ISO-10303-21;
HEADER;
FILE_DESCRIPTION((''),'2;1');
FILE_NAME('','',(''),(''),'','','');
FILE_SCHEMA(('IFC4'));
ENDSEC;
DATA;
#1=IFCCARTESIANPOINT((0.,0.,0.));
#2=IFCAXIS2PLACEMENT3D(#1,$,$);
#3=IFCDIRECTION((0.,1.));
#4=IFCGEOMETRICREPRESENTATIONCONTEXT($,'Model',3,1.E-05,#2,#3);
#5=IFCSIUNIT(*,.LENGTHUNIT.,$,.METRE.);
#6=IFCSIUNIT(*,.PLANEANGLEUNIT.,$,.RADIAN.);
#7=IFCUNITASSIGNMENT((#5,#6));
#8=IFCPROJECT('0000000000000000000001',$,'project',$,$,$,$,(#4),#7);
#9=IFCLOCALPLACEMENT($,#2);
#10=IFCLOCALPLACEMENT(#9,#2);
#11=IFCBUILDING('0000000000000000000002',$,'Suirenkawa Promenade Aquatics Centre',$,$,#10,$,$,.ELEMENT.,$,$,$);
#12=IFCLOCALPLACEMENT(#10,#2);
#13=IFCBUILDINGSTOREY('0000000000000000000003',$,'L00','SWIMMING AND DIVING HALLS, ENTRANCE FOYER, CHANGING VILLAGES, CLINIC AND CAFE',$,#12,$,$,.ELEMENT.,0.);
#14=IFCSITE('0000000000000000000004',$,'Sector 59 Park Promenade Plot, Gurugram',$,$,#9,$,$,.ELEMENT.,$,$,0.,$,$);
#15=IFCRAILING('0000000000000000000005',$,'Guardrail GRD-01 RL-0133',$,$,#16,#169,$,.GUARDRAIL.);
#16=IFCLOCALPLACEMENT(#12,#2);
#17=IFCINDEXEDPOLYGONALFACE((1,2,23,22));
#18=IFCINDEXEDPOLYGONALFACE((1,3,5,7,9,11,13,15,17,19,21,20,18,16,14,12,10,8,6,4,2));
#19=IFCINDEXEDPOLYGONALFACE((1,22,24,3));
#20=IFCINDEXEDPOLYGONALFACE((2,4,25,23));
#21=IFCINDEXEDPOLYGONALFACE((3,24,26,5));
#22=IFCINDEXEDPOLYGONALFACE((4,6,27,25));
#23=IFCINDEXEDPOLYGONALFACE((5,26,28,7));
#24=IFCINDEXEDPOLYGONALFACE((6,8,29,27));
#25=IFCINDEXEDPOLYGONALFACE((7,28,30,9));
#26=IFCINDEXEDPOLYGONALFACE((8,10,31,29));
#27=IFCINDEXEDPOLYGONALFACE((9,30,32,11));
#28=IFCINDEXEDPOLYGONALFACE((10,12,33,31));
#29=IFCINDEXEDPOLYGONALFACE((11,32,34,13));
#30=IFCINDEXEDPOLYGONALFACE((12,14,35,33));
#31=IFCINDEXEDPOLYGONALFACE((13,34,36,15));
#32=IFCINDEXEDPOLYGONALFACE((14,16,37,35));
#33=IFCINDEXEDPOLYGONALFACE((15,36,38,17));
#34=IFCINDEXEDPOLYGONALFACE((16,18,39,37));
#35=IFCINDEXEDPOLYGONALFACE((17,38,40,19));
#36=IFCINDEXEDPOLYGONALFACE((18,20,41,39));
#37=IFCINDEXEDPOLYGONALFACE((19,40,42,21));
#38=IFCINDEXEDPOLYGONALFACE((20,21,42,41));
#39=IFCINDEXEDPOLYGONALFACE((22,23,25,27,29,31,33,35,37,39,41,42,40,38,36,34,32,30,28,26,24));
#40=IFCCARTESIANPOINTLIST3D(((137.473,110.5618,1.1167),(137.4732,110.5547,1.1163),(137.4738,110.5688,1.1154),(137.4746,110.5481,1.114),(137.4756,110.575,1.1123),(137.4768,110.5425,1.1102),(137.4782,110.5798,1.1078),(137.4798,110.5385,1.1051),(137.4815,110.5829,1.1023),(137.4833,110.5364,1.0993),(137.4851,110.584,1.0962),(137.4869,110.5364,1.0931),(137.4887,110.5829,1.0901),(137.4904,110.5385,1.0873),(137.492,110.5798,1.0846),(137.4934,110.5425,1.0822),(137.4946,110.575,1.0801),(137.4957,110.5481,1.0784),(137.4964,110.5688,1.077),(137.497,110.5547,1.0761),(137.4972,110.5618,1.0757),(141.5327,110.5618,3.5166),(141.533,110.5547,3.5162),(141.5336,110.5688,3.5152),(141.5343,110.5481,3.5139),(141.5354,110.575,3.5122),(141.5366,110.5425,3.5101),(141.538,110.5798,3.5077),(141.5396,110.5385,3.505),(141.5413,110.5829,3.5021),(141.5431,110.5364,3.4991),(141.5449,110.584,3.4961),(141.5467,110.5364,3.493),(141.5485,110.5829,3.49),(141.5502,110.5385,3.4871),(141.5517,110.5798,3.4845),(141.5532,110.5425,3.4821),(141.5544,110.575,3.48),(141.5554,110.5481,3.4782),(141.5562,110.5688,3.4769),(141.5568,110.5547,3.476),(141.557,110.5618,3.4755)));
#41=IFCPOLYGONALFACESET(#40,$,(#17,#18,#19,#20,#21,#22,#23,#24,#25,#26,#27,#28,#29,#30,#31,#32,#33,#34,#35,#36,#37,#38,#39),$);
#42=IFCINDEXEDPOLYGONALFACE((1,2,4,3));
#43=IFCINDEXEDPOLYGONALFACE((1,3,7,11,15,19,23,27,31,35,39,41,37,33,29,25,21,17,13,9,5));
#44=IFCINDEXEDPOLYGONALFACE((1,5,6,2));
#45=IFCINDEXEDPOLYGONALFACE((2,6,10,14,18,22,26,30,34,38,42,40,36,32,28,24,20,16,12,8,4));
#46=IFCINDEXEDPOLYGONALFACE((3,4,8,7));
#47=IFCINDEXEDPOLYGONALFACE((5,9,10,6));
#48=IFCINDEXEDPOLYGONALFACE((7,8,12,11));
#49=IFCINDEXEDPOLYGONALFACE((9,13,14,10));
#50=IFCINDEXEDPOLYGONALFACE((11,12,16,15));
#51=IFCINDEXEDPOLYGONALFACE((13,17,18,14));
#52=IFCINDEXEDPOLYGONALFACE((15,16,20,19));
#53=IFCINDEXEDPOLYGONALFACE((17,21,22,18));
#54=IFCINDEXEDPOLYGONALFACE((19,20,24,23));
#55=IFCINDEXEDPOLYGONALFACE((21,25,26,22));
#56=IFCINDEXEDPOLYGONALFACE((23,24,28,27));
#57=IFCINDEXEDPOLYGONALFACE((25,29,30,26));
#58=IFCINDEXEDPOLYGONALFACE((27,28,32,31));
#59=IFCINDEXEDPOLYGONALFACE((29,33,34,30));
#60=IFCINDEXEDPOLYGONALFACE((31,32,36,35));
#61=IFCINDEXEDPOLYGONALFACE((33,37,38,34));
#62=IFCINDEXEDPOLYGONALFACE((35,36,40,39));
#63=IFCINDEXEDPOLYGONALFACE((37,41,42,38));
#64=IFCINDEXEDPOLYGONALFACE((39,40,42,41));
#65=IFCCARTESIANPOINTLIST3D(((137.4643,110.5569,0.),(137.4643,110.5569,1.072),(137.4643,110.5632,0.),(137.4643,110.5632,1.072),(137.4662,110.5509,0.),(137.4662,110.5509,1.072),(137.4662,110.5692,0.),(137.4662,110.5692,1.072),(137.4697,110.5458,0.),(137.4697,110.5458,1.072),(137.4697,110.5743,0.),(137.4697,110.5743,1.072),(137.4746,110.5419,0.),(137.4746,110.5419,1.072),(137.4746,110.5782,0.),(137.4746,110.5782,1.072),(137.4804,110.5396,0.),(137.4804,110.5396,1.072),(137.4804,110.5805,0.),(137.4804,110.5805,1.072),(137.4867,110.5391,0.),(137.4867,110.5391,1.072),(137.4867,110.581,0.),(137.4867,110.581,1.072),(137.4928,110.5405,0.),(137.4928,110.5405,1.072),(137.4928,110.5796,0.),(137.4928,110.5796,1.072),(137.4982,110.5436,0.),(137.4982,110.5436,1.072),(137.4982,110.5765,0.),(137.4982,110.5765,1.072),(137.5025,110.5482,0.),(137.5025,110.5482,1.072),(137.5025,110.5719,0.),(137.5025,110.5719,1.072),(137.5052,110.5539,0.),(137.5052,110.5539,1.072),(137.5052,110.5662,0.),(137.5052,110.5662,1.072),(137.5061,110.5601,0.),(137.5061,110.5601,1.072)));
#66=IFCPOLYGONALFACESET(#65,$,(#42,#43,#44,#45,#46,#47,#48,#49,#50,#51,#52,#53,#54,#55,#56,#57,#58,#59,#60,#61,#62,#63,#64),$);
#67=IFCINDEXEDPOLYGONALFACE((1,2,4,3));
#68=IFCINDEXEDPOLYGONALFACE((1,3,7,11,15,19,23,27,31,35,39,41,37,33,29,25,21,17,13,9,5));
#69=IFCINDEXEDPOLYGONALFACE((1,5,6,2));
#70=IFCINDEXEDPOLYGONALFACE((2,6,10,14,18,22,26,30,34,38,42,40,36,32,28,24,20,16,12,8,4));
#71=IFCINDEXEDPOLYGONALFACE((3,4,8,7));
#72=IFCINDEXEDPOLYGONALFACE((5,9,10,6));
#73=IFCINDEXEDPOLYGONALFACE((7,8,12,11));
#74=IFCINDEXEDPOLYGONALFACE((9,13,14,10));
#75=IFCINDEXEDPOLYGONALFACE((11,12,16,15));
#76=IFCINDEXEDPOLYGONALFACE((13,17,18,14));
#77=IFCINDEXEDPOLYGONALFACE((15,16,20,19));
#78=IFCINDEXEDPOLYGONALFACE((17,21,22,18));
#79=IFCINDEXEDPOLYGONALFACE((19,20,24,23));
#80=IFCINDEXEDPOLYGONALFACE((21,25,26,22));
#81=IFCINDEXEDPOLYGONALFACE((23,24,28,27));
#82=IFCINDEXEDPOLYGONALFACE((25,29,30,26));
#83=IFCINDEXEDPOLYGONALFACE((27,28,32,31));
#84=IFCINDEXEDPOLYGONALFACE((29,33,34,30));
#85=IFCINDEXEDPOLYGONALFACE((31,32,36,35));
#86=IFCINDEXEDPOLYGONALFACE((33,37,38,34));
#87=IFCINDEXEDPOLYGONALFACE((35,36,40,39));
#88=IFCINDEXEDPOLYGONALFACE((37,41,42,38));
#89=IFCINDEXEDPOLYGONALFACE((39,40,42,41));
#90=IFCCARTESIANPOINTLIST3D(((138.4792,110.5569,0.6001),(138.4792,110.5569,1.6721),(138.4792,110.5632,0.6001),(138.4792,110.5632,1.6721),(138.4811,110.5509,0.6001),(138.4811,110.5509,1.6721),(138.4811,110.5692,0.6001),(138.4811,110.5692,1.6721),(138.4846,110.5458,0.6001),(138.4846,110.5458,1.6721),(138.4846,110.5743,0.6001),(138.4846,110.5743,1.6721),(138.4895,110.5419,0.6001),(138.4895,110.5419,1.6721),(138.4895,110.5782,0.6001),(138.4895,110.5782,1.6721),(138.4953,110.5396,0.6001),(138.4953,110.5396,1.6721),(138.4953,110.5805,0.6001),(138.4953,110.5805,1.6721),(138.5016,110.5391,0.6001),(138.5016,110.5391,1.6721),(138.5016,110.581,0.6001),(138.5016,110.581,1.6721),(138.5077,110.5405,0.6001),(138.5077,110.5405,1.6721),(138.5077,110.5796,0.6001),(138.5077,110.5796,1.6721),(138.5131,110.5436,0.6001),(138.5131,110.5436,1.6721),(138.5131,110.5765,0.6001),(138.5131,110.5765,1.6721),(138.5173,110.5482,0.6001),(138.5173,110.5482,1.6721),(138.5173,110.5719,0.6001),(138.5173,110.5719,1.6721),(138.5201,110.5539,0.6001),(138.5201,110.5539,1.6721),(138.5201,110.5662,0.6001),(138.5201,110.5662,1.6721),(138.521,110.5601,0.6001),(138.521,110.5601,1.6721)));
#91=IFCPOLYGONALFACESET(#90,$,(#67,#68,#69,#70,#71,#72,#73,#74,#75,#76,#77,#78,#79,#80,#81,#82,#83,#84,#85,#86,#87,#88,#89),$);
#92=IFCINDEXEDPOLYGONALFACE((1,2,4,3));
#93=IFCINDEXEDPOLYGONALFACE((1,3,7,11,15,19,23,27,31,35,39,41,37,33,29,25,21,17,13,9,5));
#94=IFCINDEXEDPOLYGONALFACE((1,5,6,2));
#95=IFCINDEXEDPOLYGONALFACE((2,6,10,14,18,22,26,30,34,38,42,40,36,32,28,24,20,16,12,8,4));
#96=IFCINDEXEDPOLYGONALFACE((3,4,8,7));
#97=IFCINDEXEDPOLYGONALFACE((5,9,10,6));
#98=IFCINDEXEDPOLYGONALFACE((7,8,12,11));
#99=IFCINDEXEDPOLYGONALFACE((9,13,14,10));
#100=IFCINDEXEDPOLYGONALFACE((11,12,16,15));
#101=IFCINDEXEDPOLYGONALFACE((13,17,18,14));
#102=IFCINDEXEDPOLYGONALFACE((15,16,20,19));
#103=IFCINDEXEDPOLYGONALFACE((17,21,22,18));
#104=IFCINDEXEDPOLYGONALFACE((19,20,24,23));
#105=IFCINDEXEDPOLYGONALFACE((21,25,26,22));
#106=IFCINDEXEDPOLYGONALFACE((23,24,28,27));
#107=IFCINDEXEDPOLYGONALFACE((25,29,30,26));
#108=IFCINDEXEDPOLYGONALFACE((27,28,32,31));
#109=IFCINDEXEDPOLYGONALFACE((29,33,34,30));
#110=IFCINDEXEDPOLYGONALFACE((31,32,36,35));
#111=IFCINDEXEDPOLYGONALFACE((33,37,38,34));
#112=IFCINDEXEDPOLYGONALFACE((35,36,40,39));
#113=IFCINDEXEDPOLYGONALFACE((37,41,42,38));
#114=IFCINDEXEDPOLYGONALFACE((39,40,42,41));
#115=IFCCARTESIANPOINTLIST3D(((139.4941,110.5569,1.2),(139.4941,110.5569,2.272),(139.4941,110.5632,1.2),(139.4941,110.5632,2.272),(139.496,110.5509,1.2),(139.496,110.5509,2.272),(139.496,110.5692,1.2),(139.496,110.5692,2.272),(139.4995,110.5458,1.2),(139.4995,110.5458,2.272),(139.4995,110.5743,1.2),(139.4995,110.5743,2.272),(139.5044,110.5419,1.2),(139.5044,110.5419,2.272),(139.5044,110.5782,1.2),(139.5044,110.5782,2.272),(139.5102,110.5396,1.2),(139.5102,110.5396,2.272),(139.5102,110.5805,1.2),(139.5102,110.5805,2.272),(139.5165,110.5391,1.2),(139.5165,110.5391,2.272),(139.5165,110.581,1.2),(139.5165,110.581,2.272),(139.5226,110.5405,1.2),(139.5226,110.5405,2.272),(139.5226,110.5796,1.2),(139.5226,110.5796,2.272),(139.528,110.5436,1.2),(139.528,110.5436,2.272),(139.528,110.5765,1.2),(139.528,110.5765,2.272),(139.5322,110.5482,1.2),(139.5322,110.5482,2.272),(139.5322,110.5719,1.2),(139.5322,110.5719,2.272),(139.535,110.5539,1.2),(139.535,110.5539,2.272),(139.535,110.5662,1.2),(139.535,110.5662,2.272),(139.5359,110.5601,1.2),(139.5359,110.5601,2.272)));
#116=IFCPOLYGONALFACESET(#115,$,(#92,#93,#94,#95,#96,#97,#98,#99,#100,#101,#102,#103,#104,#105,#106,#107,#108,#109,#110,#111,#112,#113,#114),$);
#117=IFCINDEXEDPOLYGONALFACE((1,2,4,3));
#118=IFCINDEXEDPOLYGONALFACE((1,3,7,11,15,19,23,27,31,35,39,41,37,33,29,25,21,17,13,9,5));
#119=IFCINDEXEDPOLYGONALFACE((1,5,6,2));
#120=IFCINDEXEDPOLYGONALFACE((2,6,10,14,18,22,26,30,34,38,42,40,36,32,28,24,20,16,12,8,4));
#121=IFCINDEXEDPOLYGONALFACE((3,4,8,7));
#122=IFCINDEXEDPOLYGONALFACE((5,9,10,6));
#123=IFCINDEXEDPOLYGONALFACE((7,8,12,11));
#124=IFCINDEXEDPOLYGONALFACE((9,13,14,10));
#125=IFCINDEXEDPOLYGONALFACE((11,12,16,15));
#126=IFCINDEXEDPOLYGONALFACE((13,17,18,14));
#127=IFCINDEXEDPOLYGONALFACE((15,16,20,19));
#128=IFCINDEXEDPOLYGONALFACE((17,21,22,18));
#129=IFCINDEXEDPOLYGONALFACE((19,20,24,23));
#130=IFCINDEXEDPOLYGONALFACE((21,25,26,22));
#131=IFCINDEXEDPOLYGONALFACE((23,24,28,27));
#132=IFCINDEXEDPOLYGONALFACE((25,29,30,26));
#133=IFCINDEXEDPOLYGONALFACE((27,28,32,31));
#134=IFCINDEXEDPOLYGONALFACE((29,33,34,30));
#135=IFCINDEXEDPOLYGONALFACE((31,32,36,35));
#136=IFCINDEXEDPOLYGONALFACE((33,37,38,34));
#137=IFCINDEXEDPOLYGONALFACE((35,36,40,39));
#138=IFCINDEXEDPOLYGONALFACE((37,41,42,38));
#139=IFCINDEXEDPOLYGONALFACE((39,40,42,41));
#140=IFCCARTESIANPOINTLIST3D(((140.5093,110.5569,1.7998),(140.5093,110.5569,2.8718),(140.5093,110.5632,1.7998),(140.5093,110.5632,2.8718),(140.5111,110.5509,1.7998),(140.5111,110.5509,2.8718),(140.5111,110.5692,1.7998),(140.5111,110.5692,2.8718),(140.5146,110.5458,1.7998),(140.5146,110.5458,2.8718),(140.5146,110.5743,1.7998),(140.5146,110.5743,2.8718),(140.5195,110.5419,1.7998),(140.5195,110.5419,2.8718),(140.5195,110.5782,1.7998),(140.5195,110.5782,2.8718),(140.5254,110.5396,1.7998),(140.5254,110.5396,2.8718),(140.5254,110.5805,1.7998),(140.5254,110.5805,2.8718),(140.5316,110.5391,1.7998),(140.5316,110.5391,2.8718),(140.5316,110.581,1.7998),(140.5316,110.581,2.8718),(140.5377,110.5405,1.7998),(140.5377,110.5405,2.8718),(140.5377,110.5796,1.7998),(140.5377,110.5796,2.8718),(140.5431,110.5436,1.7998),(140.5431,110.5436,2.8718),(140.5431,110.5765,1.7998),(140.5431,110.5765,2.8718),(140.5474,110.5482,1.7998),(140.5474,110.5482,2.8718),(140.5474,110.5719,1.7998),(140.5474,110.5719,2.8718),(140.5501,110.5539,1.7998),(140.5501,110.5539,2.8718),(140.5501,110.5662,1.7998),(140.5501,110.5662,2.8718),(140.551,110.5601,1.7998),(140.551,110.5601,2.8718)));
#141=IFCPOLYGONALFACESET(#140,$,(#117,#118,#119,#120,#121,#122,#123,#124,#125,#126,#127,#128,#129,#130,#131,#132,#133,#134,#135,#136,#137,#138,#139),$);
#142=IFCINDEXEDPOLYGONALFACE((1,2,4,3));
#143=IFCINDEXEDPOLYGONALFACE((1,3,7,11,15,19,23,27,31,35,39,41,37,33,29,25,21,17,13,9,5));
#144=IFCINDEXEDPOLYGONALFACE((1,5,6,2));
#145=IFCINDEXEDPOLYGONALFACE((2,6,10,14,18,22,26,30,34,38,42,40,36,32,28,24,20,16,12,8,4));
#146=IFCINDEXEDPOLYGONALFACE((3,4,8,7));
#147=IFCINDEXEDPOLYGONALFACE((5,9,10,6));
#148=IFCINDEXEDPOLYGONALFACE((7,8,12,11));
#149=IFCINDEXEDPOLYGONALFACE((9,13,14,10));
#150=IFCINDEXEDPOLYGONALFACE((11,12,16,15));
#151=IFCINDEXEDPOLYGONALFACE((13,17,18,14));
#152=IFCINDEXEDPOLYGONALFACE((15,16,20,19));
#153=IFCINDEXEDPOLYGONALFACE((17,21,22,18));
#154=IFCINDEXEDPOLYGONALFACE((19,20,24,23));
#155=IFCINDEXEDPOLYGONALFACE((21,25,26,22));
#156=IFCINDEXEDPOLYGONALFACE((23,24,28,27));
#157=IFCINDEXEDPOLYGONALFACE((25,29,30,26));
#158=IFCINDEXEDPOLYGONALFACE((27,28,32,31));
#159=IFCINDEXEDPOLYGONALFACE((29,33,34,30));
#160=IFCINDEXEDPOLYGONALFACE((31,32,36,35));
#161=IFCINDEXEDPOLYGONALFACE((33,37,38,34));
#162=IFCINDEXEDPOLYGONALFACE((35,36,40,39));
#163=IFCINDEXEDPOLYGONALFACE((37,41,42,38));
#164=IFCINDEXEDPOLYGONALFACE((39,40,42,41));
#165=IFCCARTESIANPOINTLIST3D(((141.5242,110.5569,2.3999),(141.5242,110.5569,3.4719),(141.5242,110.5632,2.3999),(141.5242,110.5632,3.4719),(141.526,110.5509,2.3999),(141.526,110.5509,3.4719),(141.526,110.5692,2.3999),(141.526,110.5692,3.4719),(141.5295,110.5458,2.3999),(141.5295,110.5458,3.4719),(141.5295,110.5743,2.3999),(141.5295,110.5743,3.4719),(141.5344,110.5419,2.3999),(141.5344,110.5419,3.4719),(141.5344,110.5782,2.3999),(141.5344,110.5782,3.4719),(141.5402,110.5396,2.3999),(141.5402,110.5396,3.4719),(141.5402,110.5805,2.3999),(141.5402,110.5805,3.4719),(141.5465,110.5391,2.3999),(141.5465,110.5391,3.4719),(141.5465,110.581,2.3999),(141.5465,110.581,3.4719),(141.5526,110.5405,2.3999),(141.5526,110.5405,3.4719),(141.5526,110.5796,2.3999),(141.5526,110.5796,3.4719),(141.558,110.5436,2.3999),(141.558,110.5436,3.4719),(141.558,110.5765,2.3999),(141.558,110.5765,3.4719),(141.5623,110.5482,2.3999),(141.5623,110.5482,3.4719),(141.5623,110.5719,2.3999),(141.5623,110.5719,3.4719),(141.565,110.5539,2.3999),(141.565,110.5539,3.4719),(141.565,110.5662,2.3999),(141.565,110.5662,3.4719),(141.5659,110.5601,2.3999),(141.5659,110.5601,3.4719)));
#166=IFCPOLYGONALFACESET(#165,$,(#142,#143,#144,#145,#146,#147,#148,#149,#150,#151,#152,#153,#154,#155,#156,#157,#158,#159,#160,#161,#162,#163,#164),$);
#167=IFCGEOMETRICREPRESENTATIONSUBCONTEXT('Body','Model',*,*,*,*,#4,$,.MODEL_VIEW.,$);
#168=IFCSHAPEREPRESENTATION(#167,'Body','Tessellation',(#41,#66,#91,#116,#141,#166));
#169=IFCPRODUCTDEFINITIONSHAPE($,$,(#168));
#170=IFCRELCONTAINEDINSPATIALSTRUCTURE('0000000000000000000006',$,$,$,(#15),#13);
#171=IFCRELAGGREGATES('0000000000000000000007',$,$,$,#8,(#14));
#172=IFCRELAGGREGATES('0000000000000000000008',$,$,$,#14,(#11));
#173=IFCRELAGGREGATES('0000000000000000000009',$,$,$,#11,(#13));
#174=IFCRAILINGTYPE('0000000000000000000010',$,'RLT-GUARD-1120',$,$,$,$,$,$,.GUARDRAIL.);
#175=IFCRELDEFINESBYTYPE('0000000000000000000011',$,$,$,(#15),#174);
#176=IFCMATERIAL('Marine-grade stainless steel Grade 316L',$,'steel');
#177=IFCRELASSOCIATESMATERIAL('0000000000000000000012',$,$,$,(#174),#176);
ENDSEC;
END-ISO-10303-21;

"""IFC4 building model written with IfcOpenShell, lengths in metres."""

from ifc_helpers import new_model, si_unit, direction, frame, origin, origin_2d, place, context, subcontext, project, spatial, circle, extrude, material, type_object, element, save


model = new_model("IFC4")

# Units and contexts
model_context = context("Model", 3, precision=1e-05, world=origin(), true_north=direction((0.0, 1.0)))
body_context = subcontext(model_context, "Body", "Model", "MODEL_VIEW")
ifc_project = project(units=[si_unit("LENGTHUNIT", "METRE"), si_unit("PLANEANGLEUNIT", "RADIAN")], contexts=[model_context])

# Site, building, storey
site_placement = place(None, origin())
site = spatial("IfcSite", under=ifc_project, at=site_placement, Name="Sector 59 Park Promenade Plot, Gurugram", CompositionType="ELEMENT", RefElevation=0.0)
building_placement = place(site_placement, origin())
building = spatial("IfcBuilding", under=site, at=building_placement, Name="Suirenkawa Promenade Aquatics Centre", CompositionType="ELEMENT")
storey_placement = place(building_placement, origin())
storey = spatial("IfcBuildingStorey", under=building, at=storey_placement, Name="L00", Description="SWIMMING AND DIVING HALLS, ENTRANCE FOYER, CHANGING VILLAGES, CLINIC AND CAFE", CompositionType="ELEMENT", Elevation=0.0)

# Railing
ifc_material_1 = material(Name="Marine-grade stainless steel Grade 316L", Category="steel")
railing_type_1 = type_object("IfcRailingType", Name="RLT-GUARD-1120", PredefinedType="GUARDRAIL", material=ifc_material_1)
for number, where, name in (
    (1, (137.4851, 110.5601, 0.0), "Guardrail GRD-01 RL-0133"),
):
    element("IfcRailing", number, at=place(storey_placement, frame(where)), inside=storey, type_object=railing_type_1, Name=name, PredefinedType="GUARDRAIL", context=body_context, shape_type="SweptSolid", body=[
        extrude(circle(Radius=0.0239, at=origin_2d()), frame((0.0, 0.0, 1.0962), z_axis=(0.860841, 0.0, 0.508874), x_axis=(0.0, 1.0, 0.0)), (0.0, 0.0, 1.0), 4.7161),
        extrude(circle(Radius=0.021, at=origin_2d()), origin(), (0.0, 0.0, 1.0), 1.072),
        extrude(circle(Radius=0.021, at=origin_2d()), frame((1.0149, 0.0, 0.6001)), (0.0, 0.0, 1.0), 1.072),
        extrude(circle(Radius=0.021, at=origin_2d()), frame((2.0298, 0.0, 1.2)), (0.0, 0.0, 1.0), 1.072),
        extrude(circle(Radius=0.021, at=origin_2d()), frame((3.0449, 0.0, 1.7998)), (0.0, 0.0, 1.0), 1.072),
        extrude(circle(Radius=0.021, at=origin_2d()), frame((4.0598, 0.0, 2.3999)), (0.0, 0.0, 1.0), 1.072),
    ])

save(model, "model.ifc")
